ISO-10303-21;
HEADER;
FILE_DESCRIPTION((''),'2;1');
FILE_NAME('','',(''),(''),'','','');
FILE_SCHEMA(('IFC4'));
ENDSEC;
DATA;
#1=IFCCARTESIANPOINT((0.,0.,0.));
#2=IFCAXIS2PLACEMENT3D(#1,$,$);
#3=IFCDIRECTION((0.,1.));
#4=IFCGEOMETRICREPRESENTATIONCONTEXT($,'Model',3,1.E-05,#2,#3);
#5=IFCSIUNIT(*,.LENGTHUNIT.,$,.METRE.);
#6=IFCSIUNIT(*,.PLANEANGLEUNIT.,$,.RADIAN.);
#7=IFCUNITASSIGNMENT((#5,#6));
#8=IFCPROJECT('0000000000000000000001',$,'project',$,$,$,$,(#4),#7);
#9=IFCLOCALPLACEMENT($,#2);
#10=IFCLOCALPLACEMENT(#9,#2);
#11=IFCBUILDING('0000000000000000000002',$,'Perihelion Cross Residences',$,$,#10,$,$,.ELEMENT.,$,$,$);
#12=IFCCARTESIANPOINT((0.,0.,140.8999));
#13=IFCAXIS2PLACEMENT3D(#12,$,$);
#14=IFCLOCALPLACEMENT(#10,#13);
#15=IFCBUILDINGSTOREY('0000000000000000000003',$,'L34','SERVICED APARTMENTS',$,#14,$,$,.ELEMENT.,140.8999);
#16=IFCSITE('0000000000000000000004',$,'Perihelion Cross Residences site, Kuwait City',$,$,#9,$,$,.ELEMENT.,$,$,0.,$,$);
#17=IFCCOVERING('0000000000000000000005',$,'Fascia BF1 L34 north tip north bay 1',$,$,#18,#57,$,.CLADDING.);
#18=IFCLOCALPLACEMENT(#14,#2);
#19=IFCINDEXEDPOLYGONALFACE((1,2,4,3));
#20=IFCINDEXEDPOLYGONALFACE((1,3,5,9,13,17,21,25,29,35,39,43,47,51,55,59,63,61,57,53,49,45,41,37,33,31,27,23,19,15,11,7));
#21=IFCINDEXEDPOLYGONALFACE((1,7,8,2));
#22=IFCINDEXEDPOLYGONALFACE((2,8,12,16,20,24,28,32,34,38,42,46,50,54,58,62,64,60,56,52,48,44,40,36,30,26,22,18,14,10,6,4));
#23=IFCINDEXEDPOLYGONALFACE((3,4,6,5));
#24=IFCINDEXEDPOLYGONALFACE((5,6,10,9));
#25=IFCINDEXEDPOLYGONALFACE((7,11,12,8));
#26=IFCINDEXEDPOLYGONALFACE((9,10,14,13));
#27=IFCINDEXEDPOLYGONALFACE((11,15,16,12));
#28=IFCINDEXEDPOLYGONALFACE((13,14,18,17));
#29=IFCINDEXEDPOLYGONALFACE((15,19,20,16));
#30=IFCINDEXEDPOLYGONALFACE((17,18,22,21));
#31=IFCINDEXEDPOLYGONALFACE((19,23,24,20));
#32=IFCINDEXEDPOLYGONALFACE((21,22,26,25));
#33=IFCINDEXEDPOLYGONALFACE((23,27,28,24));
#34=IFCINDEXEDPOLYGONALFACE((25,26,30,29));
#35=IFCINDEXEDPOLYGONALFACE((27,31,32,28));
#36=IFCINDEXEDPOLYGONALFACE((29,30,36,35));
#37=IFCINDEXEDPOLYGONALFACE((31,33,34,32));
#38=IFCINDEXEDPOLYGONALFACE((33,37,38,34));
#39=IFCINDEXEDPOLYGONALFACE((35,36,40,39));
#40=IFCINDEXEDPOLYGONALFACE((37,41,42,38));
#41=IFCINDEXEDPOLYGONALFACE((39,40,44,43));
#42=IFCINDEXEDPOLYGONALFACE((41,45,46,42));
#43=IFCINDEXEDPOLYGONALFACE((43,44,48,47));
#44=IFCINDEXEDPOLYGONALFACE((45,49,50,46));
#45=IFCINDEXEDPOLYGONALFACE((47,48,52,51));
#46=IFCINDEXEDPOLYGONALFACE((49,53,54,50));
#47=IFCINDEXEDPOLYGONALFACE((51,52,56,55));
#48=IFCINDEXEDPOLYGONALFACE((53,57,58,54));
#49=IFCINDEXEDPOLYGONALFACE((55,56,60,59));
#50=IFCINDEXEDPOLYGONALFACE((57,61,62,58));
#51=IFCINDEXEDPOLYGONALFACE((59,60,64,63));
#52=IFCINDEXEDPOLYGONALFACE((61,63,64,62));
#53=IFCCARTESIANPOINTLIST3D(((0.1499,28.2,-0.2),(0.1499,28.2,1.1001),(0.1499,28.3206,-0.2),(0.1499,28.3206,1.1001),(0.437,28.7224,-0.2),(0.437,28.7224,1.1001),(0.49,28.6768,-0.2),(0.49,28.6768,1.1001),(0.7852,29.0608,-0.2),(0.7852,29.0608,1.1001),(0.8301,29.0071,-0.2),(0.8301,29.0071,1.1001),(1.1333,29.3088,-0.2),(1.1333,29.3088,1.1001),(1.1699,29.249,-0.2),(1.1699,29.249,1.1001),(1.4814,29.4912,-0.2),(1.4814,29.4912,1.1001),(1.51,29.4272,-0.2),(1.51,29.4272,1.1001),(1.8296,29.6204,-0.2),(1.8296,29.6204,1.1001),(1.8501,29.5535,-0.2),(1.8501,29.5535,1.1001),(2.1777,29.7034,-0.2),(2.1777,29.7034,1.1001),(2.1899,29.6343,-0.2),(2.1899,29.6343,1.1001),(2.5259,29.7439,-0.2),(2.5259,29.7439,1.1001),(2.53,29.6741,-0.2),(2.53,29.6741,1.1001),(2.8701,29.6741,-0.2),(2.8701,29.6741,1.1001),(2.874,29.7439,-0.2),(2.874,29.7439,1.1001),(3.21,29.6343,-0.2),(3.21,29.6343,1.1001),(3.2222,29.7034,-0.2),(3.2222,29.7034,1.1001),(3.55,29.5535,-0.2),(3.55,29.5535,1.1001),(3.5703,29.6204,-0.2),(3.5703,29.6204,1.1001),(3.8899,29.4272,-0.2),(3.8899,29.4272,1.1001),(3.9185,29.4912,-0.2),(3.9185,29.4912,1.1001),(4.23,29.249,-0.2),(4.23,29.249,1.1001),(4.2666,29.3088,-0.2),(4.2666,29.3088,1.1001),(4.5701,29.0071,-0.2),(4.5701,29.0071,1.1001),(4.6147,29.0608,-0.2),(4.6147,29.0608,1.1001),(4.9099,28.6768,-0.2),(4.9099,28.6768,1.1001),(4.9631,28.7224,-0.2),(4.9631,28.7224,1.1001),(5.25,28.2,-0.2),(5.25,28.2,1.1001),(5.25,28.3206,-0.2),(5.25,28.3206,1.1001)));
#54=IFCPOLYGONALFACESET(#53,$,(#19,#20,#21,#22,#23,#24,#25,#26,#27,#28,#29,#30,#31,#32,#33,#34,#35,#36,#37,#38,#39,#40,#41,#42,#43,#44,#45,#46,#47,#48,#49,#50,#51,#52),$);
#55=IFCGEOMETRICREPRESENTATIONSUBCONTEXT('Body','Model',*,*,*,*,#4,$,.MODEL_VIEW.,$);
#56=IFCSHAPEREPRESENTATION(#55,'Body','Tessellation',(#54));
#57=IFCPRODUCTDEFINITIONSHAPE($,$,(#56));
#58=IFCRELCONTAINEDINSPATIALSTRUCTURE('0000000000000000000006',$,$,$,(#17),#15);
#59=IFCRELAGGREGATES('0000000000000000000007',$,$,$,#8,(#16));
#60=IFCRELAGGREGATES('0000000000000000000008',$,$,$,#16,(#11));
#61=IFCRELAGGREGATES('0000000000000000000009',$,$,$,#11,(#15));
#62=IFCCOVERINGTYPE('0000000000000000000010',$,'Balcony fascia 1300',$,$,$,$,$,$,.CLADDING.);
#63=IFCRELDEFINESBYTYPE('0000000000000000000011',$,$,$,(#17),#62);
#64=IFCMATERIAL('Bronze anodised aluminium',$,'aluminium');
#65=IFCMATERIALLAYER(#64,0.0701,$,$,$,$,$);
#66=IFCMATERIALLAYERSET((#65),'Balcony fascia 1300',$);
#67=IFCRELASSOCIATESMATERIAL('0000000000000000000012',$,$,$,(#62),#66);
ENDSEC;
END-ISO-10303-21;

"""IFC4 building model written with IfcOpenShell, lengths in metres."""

from ifc_helpers import new_model, si_unit, direction, frame, origin, place, context, subcontext, project, spatial, polyline, outline, extrude, material, layer, layer_set, type_object, element, save


model = new_model("IFC4")

# Units and contexts
model_context = context("Model", 3, precision=1e-05, world=origin(), true_north=direction((0.0, 1.0)))
body_context = subcontext(model_context, "Body", "Model", "MODEL_VIEW")
ifc_project = project(units=[si_unit("LENGTHUNIT", "METRE"), si_unit("PLANEANGLEUNIT", "RADIAN")], contexts=[model_context])

# Site, building, storey
site_placement = place(None, origin())
site = spatial("IfcSite", under=ifc_project, at=site_placement, Name="Perihelion Cross Residences site, Kuwait City", CompositionType="ELEMENT", RefElevation=0.0)
building_placement = place(site_placement, origin())
building = spatial("IfcBuilding", under=site, at=building_placement, Name="Perihelion Cross Residences", CompositionType="ELEMENT")
storey_placement = place(building_placement, frame((0.0, 0.0, 140.8999)))
storey = spatial("IfcBuildingStorey", under=building, at=storey_placement, Name="L34", Description="SERVICED APARTMENTS", CompositionType="ELEMENT", Elevation=140.8999)

# Covering
ifc_material_1 = material(Name="Bronze anodised aluminium", Category="aluminium")
ifc_layer_1 = layer(ifc_material_1, 0.0701)
ifc_layer_set_1 = layer_set([ifc_layer_1], Name="Balcony fascia 1300")
covering_type = type_object("IfcCoveringType", Name="Balcony fascia 1300", PredefinedType="CLADDING", material=ifc_layer_set_1)
covering_1_placement = place(storey_placement, frame((0.0, 0.0, -0.2)))
element("IfcCovering", 1, at=covering_1_placement, inside=storey, type_object=covering_type, Name="Fascia BF1 L34 north tip north bay 1", PredefinedType="CLADDING", context=body_context, shape_type="SweptSolid", body=[
    extrude(outline(polyline([(4.9631, 28.7224), (4.6147, 29.0608), (4.2666, 29.3088), (3.9185, 29.4912), (3.5703, 29.6204), (3.2222, 29.7034), (2.874, 29.7439), (2.5259, 29.7439), (2.1777, 29.7034), (1.8296, 29.6204), (1.4814, 29.4912), (1.1333, 29.3088), (0.7852, 29.0608), (0.437, 28.7224), (0.1499, 28.3206), (0.1499, 28.2), (0.49, 28.6768), (0.8301, 29.0071), (1.1699, 29.249), (1.51, 29.4272), (1.8501, 29.5535), (2.1899, 29.6343), (2.53, 29.6741), (2.8701, 29.6741), (3.21, 29.6343), (3.55, 29.5535), (3.8899, 29.4272), (4.23, 29.249), (4.5701, 29.0071), (4.9099, 28.6768), (5.25, 28.2), (5.25, 28.3206), (4.9631, 28.7224)])), origin(), (0.0, 0.0, 1.0), 1.3),
])

save(model, "model.ifc")
